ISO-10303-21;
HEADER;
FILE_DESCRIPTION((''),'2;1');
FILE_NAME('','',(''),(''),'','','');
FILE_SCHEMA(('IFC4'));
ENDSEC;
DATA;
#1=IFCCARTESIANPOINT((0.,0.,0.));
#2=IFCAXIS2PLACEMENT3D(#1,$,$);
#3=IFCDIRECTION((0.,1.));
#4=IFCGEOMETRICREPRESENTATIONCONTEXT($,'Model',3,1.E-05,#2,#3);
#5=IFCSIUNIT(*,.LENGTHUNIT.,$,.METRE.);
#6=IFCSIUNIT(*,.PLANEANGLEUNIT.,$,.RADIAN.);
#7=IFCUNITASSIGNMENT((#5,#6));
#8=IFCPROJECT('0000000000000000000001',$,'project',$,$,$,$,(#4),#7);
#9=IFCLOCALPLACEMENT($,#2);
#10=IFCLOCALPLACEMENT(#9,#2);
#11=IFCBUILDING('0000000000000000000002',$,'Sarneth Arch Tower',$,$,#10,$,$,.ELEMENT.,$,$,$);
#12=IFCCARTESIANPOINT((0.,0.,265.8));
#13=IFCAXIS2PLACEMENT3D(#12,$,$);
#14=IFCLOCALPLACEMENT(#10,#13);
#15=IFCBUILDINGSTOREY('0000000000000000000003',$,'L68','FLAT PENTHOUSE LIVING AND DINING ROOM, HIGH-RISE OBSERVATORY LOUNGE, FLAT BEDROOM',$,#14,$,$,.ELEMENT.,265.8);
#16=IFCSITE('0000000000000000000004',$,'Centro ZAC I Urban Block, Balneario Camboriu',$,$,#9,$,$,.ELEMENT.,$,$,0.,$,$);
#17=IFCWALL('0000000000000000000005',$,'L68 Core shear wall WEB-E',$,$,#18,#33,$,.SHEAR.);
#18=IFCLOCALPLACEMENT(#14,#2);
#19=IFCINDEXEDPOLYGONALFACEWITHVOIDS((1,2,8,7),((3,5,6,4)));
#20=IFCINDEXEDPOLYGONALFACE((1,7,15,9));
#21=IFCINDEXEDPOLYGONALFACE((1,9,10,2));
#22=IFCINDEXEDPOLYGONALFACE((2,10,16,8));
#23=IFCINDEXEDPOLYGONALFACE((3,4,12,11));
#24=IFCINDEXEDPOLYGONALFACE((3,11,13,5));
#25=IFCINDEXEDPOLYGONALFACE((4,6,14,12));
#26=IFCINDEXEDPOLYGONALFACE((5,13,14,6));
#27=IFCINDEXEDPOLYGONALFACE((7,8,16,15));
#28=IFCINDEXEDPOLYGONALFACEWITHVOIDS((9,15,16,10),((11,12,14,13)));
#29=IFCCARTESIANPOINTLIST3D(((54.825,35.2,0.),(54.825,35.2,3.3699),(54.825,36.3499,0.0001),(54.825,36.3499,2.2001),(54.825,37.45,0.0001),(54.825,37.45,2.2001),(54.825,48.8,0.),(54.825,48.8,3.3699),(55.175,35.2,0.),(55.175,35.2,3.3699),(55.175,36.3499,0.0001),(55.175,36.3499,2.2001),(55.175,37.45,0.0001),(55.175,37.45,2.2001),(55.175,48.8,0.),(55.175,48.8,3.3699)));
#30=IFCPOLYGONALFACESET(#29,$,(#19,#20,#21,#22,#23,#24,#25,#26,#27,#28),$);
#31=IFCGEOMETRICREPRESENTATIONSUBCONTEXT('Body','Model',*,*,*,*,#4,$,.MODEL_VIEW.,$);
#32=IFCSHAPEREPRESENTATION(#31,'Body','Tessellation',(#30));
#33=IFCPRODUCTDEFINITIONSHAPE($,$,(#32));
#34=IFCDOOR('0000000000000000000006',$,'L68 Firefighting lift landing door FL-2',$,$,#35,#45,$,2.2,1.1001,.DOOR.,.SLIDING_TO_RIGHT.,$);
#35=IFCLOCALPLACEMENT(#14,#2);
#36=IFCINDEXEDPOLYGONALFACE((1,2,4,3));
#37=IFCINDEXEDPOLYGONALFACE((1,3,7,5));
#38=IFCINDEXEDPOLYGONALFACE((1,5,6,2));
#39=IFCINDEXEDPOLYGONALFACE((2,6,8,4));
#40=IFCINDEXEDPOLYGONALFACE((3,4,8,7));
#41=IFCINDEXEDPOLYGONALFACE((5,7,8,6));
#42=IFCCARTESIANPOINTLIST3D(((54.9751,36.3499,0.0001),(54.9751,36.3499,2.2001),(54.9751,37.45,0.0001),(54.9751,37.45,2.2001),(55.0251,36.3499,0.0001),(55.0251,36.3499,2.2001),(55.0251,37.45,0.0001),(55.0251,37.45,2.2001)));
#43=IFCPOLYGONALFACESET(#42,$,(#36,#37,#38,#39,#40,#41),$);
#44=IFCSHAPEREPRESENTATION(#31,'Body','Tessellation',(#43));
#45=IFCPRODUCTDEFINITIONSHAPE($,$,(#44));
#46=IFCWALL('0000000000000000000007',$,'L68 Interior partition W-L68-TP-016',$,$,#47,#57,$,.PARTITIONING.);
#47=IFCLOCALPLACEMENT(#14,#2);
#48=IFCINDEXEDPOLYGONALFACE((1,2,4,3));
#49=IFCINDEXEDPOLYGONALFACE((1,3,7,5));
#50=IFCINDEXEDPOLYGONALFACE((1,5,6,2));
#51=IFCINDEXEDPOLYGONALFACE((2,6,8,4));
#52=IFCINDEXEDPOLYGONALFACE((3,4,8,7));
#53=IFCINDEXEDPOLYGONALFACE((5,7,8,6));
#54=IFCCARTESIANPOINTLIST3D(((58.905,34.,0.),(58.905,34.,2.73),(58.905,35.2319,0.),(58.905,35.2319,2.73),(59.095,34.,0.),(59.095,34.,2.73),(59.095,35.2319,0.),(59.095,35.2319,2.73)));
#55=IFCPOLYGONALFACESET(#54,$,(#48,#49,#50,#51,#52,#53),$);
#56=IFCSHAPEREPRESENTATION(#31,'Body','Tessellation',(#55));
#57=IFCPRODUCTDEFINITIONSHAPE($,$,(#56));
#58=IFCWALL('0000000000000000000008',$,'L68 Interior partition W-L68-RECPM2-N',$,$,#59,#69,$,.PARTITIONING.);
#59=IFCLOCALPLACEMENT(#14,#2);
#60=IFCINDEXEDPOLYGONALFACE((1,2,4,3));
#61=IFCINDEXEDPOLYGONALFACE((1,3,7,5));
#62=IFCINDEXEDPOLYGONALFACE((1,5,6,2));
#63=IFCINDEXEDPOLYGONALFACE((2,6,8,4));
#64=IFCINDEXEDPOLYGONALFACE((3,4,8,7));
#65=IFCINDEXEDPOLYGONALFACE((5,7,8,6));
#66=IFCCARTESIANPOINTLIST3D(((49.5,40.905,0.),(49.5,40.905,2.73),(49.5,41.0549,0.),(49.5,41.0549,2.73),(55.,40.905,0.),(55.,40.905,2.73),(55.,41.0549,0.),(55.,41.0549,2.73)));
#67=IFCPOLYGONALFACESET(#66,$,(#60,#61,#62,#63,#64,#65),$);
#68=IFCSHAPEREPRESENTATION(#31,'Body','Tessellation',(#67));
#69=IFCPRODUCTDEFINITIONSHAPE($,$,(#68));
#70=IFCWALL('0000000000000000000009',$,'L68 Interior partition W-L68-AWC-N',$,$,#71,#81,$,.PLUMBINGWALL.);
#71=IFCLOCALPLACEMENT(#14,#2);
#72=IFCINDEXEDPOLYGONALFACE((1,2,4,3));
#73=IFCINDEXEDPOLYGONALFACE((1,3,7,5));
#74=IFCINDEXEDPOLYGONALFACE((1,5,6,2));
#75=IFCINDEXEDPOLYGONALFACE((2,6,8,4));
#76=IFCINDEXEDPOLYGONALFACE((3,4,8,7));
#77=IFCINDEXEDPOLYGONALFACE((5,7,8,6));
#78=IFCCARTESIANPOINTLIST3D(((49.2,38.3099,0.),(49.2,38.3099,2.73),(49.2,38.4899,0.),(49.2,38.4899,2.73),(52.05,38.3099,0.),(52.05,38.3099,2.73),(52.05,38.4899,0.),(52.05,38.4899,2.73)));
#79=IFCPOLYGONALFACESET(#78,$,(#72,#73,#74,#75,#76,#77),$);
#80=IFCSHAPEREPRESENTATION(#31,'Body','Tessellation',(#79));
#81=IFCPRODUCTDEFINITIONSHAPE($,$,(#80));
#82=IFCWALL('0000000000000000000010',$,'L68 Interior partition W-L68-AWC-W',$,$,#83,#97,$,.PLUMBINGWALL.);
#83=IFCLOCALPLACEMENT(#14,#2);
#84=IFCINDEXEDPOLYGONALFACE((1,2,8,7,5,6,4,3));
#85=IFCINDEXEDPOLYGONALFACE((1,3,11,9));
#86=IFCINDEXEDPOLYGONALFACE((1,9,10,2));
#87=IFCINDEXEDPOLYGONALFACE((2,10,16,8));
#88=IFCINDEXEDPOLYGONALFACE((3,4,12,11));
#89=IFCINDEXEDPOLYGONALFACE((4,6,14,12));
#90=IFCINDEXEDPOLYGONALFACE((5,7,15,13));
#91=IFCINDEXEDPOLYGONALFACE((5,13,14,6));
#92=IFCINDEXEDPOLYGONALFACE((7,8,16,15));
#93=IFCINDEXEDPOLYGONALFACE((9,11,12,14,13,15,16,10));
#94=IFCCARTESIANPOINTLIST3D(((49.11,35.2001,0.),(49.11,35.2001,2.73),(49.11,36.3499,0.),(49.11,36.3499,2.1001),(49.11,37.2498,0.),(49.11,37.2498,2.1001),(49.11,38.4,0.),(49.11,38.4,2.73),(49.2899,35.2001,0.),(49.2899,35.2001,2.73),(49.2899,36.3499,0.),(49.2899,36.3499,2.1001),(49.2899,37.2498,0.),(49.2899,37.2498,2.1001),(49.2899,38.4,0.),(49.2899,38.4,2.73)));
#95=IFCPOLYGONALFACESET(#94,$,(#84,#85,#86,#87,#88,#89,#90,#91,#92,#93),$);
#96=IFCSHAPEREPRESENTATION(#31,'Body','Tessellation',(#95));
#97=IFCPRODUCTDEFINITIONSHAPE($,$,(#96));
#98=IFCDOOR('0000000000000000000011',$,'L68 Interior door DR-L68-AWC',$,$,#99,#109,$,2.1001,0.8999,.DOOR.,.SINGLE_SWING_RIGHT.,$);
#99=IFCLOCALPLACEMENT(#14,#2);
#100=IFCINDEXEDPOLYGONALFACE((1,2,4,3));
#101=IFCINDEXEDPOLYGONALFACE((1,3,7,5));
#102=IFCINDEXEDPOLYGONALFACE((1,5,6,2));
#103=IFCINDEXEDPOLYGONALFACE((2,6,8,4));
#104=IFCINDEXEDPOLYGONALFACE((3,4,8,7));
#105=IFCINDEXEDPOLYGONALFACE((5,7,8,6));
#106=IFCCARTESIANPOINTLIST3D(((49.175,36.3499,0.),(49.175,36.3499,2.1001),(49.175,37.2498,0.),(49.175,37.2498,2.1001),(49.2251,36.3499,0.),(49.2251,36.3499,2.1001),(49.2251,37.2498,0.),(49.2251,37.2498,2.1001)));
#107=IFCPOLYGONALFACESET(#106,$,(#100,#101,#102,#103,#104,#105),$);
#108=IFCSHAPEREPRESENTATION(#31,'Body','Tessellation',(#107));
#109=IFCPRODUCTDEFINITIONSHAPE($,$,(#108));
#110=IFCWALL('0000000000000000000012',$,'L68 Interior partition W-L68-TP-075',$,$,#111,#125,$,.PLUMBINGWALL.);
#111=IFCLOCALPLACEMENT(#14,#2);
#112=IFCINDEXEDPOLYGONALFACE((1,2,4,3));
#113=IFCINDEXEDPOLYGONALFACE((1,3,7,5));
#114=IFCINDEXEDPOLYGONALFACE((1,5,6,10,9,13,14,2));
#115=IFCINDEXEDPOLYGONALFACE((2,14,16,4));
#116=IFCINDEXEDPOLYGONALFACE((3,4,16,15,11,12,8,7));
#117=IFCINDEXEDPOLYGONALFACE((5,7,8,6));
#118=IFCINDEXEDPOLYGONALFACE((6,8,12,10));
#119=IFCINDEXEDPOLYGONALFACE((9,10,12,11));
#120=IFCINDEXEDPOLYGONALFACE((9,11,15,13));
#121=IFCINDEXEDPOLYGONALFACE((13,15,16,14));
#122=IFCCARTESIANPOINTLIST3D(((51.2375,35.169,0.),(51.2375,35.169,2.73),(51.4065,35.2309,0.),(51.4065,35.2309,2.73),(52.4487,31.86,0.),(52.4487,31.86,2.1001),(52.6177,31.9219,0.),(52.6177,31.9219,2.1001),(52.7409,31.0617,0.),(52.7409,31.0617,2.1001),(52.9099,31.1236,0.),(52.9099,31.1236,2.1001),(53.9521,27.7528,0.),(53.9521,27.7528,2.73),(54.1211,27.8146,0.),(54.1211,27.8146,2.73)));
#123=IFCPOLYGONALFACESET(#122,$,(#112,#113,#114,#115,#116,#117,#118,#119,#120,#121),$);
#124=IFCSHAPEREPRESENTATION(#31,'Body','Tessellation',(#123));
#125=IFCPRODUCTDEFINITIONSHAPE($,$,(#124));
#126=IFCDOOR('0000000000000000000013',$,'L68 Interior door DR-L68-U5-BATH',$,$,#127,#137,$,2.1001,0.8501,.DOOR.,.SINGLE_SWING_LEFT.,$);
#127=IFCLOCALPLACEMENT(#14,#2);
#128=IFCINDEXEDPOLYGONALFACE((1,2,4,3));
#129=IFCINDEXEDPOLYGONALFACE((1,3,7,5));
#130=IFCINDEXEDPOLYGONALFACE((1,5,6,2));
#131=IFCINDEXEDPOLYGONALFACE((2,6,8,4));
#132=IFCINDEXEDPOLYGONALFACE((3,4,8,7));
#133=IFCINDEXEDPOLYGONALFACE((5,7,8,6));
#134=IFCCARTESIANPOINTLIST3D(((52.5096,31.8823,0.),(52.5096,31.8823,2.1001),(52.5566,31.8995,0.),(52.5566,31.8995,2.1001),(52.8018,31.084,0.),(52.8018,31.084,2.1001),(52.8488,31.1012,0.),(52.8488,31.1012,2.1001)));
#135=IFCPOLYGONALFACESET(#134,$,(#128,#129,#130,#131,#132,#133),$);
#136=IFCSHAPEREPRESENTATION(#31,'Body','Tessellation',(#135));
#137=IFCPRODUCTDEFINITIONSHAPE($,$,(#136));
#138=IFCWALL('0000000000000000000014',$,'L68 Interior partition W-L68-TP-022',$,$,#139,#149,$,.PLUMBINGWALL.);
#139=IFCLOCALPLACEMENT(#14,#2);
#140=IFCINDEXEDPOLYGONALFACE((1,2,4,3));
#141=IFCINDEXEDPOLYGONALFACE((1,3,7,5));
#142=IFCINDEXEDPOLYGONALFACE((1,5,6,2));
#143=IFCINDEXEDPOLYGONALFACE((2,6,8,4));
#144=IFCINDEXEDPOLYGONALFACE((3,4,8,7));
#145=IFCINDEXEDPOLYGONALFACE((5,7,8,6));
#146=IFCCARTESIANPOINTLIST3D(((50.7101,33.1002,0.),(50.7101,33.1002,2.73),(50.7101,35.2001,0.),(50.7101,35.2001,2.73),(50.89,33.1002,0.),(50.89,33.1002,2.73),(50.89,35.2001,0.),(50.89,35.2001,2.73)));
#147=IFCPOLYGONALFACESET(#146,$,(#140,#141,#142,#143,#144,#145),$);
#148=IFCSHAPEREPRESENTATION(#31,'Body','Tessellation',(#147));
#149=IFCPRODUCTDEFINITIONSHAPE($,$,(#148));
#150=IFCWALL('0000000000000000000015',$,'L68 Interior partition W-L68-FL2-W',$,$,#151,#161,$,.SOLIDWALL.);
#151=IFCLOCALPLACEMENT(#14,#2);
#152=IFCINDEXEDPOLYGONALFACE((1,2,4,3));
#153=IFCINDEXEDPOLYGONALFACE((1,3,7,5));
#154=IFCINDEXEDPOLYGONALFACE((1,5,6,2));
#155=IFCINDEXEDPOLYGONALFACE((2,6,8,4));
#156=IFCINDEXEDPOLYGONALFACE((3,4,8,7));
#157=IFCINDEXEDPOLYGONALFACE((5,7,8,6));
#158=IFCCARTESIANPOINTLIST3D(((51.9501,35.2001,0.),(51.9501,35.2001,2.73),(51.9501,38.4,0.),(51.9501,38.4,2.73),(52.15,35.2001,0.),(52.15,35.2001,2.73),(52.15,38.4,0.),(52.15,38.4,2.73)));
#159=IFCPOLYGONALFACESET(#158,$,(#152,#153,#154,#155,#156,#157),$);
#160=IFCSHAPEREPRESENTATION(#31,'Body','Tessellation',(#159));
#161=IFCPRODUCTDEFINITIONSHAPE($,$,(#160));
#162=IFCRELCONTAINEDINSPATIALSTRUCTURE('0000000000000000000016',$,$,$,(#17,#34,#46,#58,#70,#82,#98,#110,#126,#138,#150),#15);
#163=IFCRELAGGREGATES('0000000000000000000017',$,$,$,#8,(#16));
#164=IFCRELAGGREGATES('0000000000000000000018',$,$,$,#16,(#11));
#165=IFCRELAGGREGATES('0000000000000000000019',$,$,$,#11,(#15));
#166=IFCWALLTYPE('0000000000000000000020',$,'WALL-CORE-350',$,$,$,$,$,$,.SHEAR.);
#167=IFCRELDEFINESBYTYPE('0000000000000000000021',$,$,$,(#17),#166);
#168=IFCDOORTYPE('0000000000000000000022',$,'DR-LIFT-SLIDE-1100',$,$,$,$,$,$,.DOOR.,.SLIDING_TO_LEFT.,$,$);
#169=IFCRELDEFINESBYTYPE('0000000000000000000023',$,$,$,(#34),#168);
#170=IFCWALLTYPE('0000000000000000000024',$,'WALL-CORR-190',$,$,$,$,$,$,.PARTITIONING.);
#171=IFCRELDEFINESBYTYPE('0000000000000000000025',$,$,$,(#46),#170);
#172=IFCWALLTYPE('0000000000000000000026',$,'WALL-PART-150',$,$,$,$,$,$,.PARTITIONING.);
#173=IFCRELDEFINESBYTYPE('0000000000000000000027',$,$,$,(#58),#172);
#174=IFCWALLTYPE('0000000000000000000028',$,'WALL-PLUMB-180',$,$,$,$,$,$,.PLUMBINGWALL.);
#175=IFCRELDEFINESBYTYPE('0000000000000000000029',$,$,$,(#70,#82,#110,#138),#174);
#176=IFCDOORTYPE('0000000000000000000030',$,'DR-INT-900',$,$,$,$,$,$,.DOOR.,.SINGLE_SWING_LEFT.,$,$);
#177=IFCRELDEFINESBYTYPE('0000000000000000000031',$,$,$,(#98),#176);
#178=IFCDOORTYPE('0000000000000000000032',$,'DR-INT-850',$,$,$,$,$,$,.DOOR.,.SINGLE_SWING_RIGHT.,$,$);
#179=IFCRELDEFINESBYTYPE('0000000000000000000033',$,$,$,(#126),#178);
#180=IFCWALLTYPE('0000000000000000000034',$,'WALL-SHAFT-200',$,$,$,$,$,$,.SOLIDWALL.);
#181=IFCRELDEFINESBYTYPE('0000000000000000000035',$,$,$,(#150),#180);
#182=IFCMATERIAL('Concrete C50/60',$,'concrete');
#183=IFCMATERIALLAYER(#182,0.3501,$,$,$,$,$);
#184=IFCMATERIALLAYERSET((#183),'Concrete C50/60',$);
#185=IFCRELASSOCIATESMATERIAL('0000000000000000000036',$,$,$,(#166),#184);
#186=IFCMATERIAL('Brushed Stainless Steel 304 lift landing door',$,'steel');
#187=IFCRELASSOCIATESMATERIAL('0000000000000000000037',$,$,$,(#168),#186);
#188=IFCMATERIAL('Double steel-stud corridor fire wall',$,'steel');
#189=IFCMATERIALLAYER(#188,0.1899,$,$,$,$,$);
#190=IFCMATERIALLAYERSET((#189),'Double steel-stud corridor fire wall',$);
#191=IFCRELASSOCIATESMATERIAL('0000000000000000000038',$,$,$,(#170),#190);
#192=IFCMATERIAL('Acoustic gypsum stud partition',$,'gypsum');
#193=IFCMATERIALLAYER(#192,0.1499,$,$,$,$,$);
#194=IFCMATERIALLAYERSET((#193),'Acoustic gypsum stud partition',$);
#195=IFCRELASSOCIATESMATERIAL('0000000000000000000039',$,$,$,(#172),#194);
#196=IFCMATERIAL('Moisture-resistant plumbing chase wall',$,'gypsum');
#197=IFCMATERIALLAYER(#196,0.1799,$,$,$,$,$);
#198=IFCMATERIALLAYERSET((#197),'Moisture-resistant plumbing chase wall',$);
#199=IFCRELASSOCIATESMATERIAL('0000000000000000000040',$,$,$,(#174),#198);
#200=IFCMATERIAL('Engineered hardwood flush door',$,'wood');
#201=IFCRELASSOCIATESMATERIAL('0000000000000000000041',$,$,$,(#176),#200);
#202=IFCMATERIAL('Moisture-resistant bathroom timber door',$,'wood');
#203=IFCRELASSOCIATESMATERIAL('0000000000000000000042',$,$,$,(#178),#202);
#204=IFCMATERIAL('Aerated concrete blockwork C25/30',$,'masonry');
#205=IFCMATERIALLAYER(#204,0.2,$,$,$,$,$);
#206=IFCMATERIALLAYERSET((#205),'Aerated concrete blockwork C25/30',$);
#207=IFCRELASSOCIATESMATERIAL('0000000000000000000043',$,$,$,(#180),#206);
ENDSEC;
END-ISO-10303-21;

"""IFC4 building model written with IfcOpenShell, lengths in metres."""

from ifc_helpers import new_model, si_unit, direction, frame, frame_2d, origin, place, context, subcontext, project, spatial, rectangle, extrude, material, layer, layer_set, type_object, element, fill, save


model = new_model("IFC4")

# Units and contexts
model_context = context("Model", 3, precision=1e-05, world=origin(), true_north=direction((0.0, 1.0)))
body_context = subcontext(model_context, "Body", "Model", "MODEL_VIEW")
ifc_project = project(units=[si_unit("LENGTHUNIT", "METRE"), si_unit("PLANEANGLEUNIT", "RADIAN")], contexts=[model_context])

# Site, building, storey
site_placement = place(None, origin())
site = spatial("IfcSite", under=ifc_project, at=site_placement, Name="Centro ZAC I Urban Block, Balneario Camboriu", CompositionType="ELEMENT", RefElevation=0.0)
building_placement = place(site_placement, origin())
building = spatial("IfcBuilding", under=site, at=building_placement, Name="Sarneth Arch Tower", CompositionType="ELEMENT")
storey_placement = place(building_placement, frame((0.0, 0.0, 265.8)))
storey = spatial("IfcBuildingStorey", under=building, at=storey_placement, Name="L68", Description="FLAT PENTHOUSE LIVING AND DINING ROOM, HIGH-RISE OBSERVATORY LOUNGE, FLAT BEDROOM", CompositionType="ELEMENT", Elevation=265.8)

# Shared definitions
ifc_material_1 = material(Name="Concrete C50/60", Category="concrete")
ifc_layer_1 = layer(ifc_material_1, 0.3501)
ifc_layer_set_1 = layer_set([ifc_layer_1], Name="Concrete C50/60")
wall_type_1 = type_object("IfcWallType", Name="WALL-CORE-350", PredefinedType="SHEAR", material=ifc_layer_set_1)

# Wall, opening, door
wall_1_placement = place(storey_placement, frame((55.0, 35.2, 0.0), z_axis=(0.0, 0.0, 1.0), x_axis=(0.0, 1.0, 0.0)))
wall_1 = element("IfcWall", 1, at=wall_1_placement, inside=storey, type_object=wall_type_1, Name="L68 Core shear wall WEB-E", PredefinedType="SHEAR", context=body_context, shape_type="SweptSolid", body=[
    extrude(rectangle(XDim=13.6001, YDim=0.3501, at=frame_2d((6.8, 0.0))), origin(), (0.0, 0.0, 1.0), 3.3699),
])
opening_1_placement = place(wall_1_placement, frame((1.1499, 0.0, 0.0)))
opening_1 = element("IfcOpeningElement", 2, at=opening_1_placement, cuts=wall_1, PredefinedType="OPENING", context=body_context, shape_type="SweptSolid", body=[
    extrude(rectangle(XDim=1.1001, YDim=2.2, at=frame_2d((0.55, 1.1001))), frame((0.0, 0.1851, 0.0), z_axis=(0.0, -1.0, 0.0), x_axis=(1.0, 0.0, 0.0)), (0.0, 0.0, 1.0), 0.3701),
])
ifc_material_2 = material(Name="Brushed Stainless Steel 304 lift landing door", Category="steel")
door_type_1 = type_object("IfcDoorType", Name="DR-LIFT-SLIDE-1100", OperationType="SLIDING_TO_LEFT", PredefinedType="DOOR", material=ifc_material_2)
door_1_placement = place(opening_1_placement, origin())
door_1 = element("IfcDoor", 3, at=door_1_placement, inside=storey, type_object=door_type_1, Name="L68 Firefighting lift landing door FL-2", OperationType="SLIDING_TO_RIGHT", OverallHeight=2.2, OverallWidth=1.1001, PredefinedType="DOOR", context=body_context, shape_type="SweptSolid", body=[
    extrude(rectangle(XDim=1.1001, YDim=2.2, at=frame_2d((0.55, 1.1001))), frame((0.0, 0.0249, 0.0), z_axis=(0.0, -1.0, 0.0), x_axis=(1.0, 0.0, 0.0)), (0.0, 0.0, 1.0), 0.05),
])
fill(opening_1, door_1)

# Walls
ifc_material_3 = material(Name="Double steel-stud corridor fire wall", Category="steel")
ifc_layer_2 = layer(ifc_material_3, 0.1899)
ifc_layer_set_2 = layer_set([ifc_layer_2], Name="Double steel-stud corridor fire wall")
wall_type_2 = type_object("IfcWallType", Name="WALL-CORR-190", PredefinedType="PARTITIONING", material=ifc_layer_set_2)
wall_2_placement = place(storey_placement, frame((59.0, 34.0, 0.0), z_axis=(0.0, 0.0, 1.0), x_axis=(0.0, 1.0, 0.0)))
element("IfcWall", 4, at=wall_2_placement, inside=storey, type_object=wall_type_2, Name="L68 Interior partition W-L68-TP-016", PredefinedType="PARTITIONING", context=body_context, shape_type="SweptSolid", body=[
    extrude(rectangle(XDim=1.2319, YDim=0.1899, at=frame_2d((0.616, 0.0))), origin(), (0.0, 0.0, 1.0), 2.73),
])
ifc_material_4 = material(Name="Acoustic gypsum stud partition", Category="gypsum")
ifc_layer_3 = layer(ifc_material_4, 0.1499)
ifc_layer_set_3 = layer_set([ifc_layer_3], Name="Acoustic gypsum stud partition")
wall_type_3 = type_object("IfcWallType", Name="WALL-PART-150", PredefinedType="PARTITIONING", material=ifc_layer_set_3)
wall_3_placement = place(storey_placement, frame((49.5, 40.98, 0.0), z_axis=(0.0, 0.0, 1.0), x_axis=(1.0, 0.0, 0.0)))
element("IfcWall", 5, at=wall_3_placement, inside=storey, type_object=wall_type_3, Name="L68 Interior partition W-L68-RECPM2-N", PredefinedType="PARTITIONING", context=body_context, shape_type="SweptSolid", body=[
    extrude(rectangle(XDim=5.5, YDim=0.1499, at=frame_2d((2.75, 0.0))), origin(), (0.0, 0.0, 1.0), 2.73),
])

# Wall
ifc_material_5 = material(Name="Moisture-resistant plumbing chase wall", Category="gypsum")
ifc_layer_4 = layer(ifc_material_5, 0.1799)
ifc_layer_set_4 = layer_set([ifc_layer_4], Name="Moisture-resistant plumbing chase wall")
wall_type_4 = type_object("IfcWallType", Name="WALL-PLUMB-180", PredefinedType="PLUMBINGWALL", material=ifc_layer_set_4)
wall_4_placement = place(storey_placement, frame((49.2, 38.3999, 0.0), z_axis=(0.0, 0.0, 1.0), x_axis=(1.0, 0.0, 0.0)))
element("IfcWall", 6, at=wall_4_placement, inside=storey, type_object=wall_type_4, Name="L68 Interior partition W-L68-AWC-N", PredefinedType="PLUMBINGWALL", context=body_context, shape_type="SweptSolid", body=[
    extrude(rectangle(XDim=2.8501, YDim=0.1799, at=frame_2d((1.425, 0.0))), origin(), (0.0, 0.0, 1.0), 2.73),
])

# Walls, openings, doors
wall_5_placement = place(storey_placement, frame((49.2, 35.2, 0.0), z_axis=(0.0, 0.0, 1.0), x_axis=(0.0, 1.0, 0.0)))
wall_5 = element("IfcWall", 7, at=wall_5_placement, inside=storey, type_object=wall_type_4, Name="L68 Interior partition W-L68-AWC-W", PredefinedType="PLUMBINGWALL", context=body_context, shape_type="SweptSolid", body=[
    extrude(rectangle(XDim=3.2, YDim=0.1799, at=frame_2d((1.6001, 0.0))), origin(), (0.0, 0.0, 1.0), 2.73),
])
opening_2_placement = place(wall_5_placement, frame((1.1499, 0.0, 0.0)))
opening_2 = element("IfcOpeningElement", 8, at=opening_2_placement, cuts=wall_5, PredefinedType="OPENING", context=body_context, shape_type="SweptSolid", body=[
    extrude(rectangle(XDim=0.8999, YDim=2.1001, at=frame_2d((0.45, 1.05))), frame((0.0, 0.0999, 0.0), z_axis=(0.0, -1.0, 0.0), x_axis=(1.0, 0.0, 0.0)), (0.0, 0.0, 1.0), 0.2),
])
ifc_material_6 = material(Name="Engineered hardwood flush door", Category="wood")
door_type_2 = type_object("IfcDoorType", Name="DR-INT-900", OperationType="SINGLE_SWING_LEFT", PredefinedType="DOOR", material=ifc_material_6)
door_2_placement = place(opening_2_placement, origin())
door_2 = element("IfcDoor", 9, at=door_2_placement, inside=storey, type_object=door_type_2, Name="L68 Interior door DR-L68-AWC", OperationType="SINGLE_SWING_RIGHT", OverallHeight=2.1001, OverallWidth=0.8999, PredefinedType="DOOR", context=body_context, shape_type="SweptSolid", body=[
    extrude(rectangle(XDim=0.8999, YDim=2.1001, at=frame_2d((0.45, 1.05))), frame((0.0, 0.0249, 0.0), z_axis=(0.0, -1.0, 0.0), x_axis=(1.0, 0.0, 0.0)), (0.0, 0.0, 1.0), 0.05),
])
fill(opening_2, door_2)
wall_6_placement = place(storey_placement, frame((51.322, 35.2, 0.0), z_axis=(0.0, 0.0, 1.0), x_axis=(0.34373, -0.939068, 0.0)))
wall_6 = element("IfcWall", 10, at=wall_6_placement, inside=storey, type_object=wall_type_4, Name="L68 Interior partition W-L68-TP-075", PredefinedType="PLUMBINGWALL", context=body_context, shape_type="SweptSolid", body=[
    extrude(rectangle(XDim=7.8975, YDim=0.1799, at=frame_2d((3.9487, 0.0))), origin(), (0.0, 0.0, 1.0), 2.73),
])
opening_3_placement = place(wall_6_placement, frame((3.5237, 0.0, 0.0)))
opening_3 = element("IfcOpeningElement", 11, at=opening_3_placement, cuts=wall_6, PredefinedType="OPENING", context=body_context, shape_type="SweptSolid", body=[
    extrude(rectangle(XDim=0.8501, YDim=2.1001, at=frame_2d((0.425, 1.05))), frame((0.0, 0.0999, 0.0), z_axis=(0.0, -1.0, 0.0), x_axis=(1.0, 0.0, 0.0)), (0.0, 0.0, 1.0), 0.2),
])
ifc_material_7 = material(Name="Moisture-resistant bathroom timber door", Category="wood")
door_type_3 = type_object("IfcDoorType", Name="DR-INT-850", OperationType="SINGLE_SWING_RIGHT", PredefinedType="DOOR", material=ifc_material_7)
door_3_placement = place(opening_3_placement, origin())
door_3 = element("IfcDoor", 12, at=door_3_placement, inside=storey, type_object=door_type_3, Name="L68 Interior door DR-L68-U5-BATH", OperationType="SINGLE_SWING_LEFT", OverallHeight=2.1001, OverallWidth=0.8501, PredefinedType="DOOR", context=body_context, shape_type="SweptSolid", body=[
    extrude(rectangle(XDim=0.8501, YDim=2.1001, at=frame_2d((0.425, 1.05))), frame((0.0, 0.0249, 0.0), z_axis=(0.0, -1.0, 0.0), x_axis=(1.0, 0.0, 0.0)), (0.0, 0.0, 1.0), 0.05),
])
fill(opening_3, door_3)

# Wall
wall_7_placement = place(storey_placement, frame((50.8, 35.2, 0.0), z_axis=(0.0, 0.0, 1.0), x_axis=(0.0, -1.0, 0.0)))
element("IfcWall", 13, at=wall_7_placement, inside=storey, type_object=wall_type_4, Name="L68 Interior partition W-L68-TP-022", PredefinedType="PLUMBINGWALL", context=body_context, shape_type="SweptSolid", body=[
    extrude(rectangle(XDim=2.0999, YDim=0.1799, at=frame_2d((1.0498, 0.0))), origin(), (0.0, 0.0, 1.0), 2.73),
])

# Shared definitions
ifc_material_8 = material(Name="Aerated concrete blockwork C25/30", Category="masonry")
ifc_layer_5 = layer(ifc_material_8, 0.2)
ifc_layer_set_5 = layer_set([ifc_layer_5], Name="Aerated concrete blockwork C25/30")
wall_type_5 = type_object("IfcWallType", Name="WALL-SHAFT-200", PredefinedType="SOLIDWALL", material=ifc_layer_set_5)

# Wall
wall_8_placement = place(storey_placement, frame((52.05, 35.2, 0.0), z_axis=(0.0, 0.0, 1.0), x_axis=(0.0, 1.0, 0.0)))
element("IfcWall", 14, at=wall_8_placement, inside=storey, type_object=wall_type_5, Name="L68 Interior partition W-L68-FL2-W", PredefinedType="SOLIDWALL", context=body_context, shape_type="SweptSolid", body=[
    extrude(rectangle(XDim=3.2, YDim=0.2, at=frame_2d((1.6001, 0.0))), origin(), (0.0, 0.0, 1.0), 2.73),
])

save(model, "model.ifc")
